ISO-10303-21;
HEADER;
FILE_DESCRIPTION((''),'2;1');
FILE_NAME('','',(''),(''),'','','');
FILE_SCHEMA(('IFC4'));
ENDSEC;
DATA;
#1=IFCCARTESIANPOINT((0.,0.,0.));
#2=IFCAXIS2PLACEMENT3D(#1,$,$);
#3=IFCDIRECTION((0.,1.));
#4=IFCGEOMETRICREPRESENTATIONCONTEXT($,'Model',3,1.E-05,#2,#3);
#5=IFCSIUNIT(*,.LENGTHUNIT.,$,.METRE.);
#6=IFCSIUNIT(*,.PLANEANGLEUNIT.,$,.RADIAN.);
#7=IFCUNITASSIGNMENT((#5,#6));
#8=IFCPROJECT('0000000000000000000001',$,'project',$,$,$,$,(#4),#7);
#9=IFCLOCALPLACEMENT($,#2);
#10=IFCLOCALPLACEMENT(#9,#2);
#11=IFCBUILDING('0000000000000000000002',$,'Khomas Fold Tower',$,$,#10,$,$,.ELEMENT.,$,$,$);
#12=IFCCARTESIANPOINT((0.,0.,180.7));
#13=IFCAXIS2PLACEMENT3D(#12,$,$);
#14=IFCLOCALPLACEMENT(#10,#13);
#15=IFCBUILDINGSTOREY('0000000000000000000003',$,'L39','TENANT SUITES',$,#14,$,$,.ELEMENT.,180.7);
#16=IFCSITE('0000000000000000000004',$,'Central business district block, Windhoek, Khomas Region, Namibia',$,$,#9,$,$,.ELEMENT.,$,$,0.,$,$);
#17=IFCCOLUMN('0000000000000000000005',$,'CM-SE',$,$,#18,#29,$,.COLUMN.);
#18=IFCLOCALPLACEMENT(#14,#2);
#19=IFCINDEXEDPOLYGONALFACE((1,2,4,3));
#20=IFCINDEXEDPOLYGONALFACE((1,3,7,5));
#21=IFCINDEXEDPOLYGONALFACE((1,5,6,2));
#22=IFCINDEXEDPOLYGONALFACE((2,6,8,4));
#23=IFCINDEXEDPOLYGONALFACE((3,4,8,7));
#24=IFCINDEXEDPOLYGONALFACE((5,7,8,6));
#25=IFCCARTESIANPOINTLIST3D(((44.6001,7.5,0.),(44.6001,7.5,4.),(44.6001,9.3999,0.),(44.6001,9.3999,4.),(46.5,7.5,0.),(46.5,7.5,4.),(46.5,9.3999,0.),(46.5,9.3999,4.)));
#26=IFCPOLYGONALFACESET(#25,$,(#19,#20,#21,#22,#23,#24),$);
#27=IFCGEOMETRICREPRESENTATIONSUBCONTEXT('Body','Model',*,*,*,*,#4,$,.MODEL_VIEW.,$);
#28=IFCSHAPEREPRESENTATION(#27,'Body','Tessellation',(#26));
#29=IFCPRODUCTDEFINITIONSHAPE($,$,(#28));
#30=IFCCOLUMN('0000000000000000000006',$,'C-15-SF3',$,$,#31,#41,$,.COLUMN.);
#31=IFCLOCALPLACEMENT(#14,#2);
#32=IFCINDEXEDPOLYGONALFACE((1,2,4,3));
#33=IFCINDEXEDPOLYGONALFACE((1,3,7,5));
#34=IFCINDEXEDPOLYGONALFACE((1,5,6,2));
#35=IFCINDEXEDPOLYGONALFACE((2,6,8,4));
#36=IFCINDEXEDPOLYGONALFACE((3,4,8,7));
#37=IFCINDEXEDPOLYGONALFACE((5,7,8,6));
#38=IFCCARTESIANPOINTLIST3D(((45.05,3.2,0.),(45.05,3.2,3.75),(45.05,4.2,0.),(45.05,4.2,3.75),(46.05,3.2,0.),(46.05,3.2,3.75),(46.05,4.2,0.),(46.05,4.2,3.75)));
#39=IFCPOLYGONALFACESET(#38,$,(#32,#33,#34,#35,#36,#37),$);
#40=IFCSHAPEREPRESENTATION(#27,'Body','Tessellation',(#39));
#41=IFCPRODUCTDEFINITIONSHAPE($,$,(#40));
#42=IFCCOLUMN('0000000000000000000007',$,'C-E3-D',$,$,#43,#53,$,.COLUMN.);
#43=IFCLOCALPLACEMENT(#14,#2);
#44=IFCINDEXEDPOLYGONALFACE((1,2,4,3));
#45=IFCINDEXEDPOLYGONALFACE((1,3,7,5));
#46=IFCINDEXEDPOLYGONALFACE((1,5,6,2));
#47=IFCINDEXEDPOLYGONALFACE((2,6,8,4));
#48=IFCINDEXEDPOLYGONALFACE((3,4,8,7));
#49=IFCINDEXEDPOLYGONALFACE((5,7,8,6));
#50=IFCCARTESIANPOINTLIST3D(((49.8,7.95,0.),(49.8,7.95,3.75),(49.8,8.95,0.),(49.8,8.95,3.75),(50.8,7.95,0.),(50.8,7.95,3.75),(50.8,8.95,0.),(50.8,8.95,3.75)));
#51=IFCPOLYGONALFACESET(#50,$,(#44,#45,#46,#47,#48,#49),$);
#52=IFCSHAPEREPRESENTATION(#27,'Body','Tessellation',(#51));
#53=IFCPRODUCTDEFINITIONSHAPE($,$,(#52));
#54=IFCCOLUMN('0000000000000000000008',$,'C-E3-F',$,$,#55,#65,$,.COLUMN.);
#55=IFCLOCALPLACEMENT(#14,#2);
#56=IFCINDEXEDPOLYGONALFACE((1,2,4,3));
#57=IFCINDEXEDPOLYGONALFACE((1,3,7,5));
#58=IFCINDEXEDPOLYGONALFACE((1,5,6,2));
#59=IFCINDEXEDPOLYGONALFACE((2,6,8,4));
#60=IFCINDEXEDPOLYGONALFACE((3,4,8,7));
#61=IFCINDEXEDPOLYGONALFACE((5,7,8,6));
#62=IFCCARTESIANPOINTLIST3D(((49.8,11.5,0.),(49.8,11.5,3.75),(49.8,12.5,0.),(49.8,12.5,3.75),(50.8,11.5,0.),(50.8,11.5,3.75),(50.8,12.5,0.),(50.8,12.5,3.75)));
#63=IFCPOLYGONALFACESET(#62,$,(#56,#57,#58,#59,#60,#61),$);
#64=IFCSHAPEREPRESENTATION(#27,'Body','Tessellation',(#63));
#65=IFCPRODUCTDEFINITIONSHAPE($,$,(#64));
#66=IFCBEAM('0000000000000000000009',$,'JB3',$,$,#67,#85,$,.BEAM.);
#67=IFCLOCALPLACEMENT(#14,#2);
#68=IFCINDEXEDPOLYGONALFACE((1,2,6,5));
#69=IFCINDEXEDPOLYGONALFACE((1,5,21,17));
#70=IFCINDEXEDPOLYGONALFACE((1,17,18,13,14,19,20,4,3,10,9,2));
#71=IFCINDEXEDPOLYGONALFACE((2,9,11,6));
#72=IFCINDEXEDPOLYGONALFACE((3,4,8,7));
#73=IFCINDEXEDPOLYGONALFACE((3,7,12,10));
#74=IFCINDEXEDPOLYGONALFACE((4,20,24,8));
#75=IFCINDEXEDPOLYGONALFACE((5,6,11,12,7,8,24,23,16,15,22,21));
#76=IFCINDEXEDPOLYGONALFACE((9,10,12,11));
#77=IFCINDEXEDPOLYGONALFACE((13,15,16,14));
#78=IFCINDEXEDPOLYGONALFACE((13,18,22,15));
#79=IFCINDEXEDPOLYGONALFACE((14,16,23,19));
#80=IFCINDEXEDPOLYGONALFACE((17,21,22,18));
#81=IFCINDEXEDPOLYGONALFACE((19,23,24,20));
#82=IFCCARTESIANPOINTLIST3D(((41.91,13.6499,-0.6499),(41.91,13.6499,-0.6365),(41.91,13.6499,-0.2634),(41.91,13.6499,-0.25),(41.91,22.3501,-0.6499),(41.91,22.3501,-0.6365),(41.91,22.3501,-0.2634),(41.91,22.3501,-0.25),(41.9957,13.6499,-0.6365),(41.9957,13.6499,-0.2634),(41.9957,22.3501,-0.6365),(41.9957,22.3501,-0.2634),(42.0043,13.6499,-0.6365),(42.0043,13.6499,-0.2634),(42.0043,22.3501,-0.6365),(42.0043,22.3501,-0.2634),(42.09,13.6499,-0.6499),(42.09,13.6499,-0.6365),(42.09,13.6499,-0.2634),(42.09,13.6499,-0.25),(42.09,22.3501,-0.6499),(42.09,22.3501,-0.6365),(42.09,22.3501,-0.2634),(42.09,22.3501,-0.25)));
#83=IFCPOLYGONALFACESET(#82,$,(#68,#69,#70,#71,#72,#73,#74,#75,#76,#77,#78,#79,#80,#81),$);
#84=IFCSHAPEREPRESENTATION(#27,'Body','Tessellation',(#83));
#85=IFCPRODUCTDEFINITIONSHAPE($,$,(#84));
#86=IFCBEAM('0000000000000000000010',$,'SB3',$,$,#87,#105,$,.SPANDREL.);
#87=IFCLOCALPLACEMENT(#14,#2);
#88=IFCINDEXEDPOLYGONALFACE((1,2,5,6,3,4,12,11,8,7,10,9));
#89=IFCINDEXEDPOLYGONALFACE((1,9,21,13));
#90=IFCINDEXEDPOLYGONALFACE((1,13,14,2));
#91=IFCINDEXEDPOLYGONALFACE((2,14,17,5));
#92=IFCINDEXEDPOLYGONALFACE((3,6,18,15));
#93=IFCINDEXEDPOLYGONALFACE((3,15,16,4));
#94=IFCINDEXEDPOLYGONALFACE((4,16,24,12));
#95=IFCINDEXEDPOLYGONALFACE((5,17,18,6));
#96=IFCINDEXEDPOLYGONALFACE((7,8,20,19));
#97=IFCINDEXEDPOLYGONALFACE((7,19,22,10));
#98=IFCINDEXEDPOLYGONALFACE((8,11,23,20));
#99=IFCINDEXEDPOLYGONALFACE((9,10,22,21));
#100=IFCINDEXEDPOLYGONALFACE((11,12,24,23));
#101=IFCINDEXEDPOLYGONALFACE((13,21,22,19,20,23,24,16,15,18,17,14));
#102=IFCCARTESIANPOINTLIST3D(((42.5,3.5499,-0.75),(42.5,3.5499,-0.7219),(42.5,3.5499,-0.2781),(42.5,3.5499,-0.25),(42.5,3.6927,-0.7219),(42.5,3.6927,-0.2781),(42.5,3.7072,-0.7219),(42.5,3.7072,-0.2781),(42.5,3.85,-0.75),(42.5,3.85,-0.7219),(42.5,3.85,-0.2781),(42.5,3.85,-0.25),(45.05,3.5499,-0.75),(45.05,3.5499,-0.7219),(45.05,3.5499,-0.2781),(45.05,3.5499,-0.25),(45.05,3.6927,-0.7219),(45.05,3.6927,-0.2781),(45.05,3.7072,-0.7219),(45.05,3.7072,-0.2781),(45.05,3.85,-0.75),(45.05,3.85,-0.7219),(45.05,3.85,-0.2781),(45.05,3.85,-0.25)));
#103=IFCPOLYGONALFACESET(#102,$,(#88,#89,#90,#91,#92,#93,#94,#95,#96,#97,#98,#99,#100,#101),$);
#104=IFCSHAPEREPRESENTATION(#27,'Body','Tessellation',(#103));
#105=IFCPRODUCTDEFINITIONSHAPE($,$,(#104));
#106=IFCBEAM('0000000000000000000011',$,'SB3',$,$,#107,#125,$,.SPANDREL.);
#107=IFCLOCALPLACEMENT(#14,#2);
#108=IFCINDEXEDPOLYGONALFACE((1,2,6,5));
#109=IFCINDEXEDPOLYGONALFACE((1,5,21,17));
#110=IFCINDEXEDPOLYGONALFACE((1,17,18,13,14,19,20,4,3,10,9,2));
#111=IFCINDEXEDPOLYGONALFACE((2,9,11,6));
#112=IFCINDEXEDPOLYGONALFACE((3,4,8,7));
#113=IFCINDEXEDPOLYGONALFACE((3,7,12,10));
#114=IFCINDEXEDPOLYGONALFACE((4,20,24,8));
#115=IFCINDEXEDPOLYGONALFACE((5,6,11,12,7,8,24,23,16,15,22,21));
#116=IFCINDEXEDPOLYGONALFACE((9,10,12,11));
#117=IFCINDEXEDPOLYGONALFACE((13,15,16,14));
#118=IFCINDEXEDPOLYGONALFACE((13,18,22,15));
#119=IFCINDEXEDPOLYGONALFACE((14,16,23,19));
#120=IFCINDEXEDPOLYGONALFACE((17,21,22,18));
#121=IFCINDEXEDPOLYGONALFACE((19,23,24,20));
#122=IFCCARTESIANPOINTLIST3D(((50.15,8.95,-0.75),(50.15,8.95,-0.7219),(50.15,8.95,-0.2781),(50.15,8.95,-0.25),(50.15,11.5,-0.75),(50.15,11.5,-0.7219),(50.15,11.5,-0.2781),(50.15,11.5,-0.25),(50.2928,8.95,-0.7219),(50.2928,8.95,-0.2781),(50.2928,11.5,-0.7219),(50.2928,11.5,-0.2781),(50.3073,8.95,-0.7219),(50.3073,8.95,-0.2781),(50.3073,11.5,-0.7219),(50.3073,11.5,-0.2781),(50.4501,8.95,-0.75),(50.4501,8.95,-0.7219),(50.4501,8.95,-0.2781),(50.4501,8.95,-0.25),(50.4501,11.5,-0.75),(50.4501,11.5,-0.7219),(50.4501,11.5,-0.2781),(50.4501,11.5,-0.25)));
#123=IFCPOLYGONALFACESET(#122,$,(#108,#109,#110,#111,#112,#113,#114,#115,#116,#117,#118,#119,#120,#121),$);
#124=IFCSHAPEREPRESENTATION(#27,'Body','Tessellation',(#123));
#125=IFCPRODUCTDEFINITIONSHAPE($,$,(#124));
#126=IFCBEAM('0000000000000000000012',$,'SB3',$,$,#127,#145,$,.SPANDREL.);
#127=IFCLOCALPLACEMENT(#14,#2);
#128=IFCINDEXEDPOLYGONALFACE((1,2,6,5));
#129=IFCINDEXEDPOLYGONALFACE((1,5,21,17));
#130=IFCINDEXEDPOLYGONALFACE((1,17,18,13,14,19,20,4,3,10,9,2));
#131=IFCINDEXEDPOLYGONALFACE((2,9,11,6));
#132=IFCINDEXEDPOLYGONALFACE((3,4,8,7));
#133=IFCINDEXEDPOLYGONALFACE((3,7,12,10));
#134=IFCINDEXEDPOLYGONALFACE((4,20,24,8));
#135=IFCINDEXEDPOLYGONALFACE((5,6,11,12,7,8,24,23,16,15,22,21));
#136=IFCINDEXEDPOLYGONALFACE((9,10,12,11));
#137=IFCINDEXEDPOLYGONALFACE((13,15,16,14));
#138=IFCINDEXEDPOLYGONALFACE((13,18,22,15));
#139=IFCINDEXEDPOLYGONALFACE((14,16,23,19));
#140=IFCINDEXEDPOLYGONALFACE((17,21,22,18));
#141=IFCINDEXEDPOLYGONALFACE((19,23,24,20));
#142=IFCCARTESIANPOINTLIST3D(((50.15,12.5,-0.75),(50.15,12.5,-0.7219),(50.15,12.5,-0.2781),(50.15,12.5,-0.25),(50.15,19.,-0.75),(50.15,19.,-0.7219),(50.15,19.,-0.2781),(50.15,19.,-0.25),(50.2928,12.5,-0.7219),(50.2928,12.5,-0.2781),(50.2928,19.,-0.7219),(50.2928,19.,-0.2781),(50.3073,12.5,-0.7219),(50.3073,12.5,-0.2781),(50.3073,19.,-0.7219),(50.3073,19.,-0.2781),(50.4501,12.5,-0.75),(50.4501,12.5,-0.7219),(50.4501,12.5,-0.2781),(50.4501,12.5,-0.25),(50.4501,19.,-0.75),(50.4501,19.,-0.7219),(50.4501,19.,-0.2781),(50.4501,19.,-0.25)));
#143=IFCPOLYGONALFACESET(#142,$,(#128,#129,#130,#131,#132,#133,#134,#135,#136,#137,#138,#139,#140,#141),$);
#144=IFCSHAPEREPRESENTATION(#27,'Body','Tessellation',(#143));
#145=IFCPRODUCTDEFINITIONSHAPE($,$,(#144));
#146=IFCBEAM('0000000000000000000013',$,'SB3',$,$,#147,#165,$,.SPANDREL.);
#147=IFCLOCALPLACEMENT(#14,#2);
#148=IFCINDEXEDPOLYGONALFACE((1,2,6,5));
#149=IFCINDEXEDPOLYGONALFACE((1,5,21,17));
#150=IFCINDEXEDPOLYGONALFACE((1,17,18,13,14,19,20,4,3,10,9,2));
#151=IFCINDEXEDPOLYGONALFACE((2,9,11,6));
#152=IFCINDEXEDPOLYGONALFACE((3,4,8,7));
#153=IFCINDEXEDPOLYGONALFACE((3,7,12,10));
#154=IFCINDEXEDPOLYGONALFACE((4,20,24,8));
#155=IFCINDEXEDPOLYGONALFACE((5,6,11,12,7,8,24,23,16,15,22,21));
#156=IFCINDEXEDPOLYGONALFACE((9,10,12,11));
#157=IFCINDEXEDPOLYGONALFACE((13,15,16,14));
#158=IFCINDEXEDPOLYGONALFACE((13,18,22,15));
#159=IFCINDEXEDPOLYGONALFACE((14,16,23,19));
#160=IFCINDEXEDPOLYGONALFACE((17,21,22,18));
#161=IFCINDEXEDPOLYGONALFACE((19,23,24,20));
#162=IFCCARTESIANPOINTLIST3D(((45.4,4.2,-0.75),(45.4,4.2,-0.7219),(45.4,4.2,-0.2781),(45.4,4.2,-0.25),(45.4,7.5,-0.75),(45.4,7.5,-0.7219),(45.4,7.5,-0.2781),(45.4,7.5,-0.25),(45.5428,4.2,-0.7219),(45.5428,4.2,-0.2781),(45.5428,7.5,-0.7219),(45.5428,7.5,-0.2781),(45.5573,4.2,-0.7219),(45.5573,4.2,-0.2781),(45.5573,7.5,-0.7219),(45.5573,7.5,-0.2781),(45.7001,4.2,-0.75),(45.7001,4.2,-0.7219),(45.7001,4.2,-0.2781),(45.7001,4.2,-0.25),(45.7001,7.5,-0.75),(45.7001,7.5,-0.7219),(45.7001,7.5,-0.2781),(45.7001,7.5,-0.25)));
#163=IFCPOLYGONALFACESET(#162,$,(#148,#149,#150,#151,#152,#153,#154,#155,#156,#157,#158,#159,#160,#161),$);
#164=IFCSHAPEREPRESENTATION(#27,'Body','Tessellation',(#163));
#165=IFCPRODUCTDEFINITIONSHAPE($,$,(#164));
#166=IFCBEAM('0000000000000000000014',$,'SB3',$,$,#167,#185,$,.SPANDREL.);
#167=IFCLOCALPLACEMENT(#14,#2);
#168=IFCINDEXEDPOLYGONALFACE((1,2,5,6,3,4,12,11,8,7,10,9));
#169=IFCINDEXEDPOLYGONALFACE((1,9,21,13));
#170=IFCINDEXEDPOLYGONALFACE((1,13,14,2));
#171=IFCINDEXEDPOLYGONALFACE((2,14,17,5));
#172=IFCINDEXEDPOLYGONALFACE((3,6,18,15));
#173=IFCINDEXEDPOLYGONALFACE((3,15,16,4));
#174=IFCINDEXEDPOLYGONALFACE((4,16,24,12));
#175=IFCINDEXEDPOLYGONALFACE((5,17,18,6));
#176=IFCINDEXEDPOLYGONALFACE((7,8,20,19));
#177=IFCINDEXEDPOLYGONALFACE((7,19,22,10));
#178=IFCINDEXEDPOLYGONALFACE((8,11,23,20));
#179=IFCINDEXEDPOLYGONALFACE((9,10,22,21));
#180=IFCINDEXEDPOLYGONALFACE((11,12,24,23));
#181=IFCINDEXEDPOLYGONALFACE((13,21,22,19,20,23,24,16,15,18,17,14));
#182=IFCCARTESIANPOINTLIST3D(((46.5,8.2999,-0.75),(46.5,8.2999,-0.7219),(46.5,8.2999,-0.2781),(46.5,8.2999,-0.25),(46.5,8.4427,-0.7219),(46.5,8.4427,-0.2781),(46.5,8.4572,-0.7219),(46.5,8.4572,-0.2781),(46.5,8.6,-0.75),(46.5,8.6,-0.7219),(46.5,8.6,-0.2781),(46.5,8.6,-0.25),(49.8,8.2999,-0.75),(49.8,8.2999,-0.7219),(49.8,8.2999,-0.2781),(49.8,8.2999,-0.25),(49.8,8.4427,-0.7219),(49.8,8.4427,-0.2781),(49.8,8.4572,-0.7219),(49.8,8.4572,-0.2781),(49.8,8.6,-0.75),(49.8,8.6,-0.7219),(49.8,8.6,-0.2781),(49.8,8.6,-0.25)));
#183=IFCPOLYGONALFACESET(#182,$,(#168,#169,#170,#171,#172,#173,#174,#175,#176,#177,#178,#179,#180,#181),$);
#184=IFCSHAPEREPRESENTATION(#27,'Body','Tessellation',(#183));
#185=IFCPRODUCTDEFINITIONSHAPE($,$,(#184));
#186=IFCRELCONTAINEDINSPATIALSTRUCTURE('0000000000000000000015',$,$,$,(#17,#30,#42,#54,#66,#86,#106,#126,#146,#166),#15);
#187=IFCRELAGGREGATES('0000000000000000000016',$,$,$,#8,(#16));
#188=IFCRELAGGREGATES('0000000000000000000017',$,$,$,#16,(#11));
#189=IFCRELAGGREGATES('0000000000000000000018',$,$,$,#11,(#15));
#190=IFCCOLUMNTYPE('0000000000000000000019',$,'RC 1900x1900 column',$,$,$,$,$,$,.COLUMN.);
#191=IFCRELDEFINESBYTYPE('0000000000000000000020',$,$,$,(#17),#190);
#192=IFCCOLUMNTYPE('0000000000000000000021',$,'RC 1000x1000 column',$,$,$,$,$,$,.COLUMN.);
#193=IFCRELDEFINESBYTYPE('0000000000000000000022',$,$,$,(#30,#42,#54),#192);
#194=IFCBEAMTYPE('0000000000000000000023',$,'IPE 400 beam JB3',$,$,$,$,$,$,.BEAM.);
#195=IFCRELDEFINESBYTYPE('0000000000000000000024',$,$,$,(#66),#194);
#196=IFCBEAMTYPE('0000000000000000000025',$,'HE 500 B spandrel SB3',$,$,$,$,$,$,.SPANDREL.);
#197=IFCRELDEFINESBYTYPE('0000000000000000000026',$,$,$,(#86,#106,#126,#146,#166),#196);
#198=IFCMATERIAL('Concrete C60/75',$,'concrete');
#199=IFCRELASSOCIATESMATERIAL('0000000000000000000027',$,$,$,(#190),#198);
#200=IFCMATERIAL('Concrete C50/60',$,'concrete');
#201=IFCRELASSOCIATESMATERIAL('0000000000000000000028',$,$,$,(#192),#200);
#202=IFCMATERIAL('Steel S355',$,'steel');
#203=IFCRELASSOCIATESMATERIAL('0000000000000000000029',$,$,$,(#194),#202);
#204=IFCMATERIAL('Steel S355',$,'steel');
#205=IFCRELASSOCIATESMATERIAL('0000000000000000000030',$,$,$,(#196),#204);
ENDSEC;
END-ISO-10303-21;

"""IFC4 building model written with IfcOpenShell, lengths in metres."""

from ifc_helpers import new_model, si_unit, direction, frame, origin, origin_2d, place, context, subcontext, project, spatial, rectangle, i_section, extrude, source, transform, mapped, material, material_profile, profile_set, type_object, element, save


model = new_model("IFC4")

# Units and contexts
model_context = context("Model", 3, precision=1e-05, world=origin(), true_north=direction((0.0, 1.0)))
body_context = subcontext(model_context, "Body", "Model", "MODEL_VIEW")
ifc_project = project(units=[si_unit("LENGTHUNIT", "METRE"), si_unit("PLANEANGLEUNIT", "RADIAN")], contexts=[model_context])

# Site, building, storey
site_placement = place(None, origin())
site = spatial("IfcSite", under=ifc_project, at=site_placement, Name="Central business district block, Windhoek, Khomas Region, Namibia", CompositionType="ELEMENT", RefElevation=0.0)
building_placement = place(site_placement, origin())
building = spatial("IfcBuilding", under=site, at=building_placement, Name="Khomas Fold Tower", CompositionType="ELEMENT")
storey_placement = place(building_placement, frame((0.0, 0.0, 180.7)))
storey = spatial("IfcBuildingStorey", under=building, at=storey_placement, Name="L39", Description="TENANT SUITES", CompositionType="ELEMENT", Elevation=180.7)

# Columns
ifc_material_1 = material(Name="Concrete C60/75", Category="concrete")
ifc_material_profile_1 = material_profile(ifc_material_1, rectangle(XDim=1.8999, YDim=1.8999, at=origin_2d()), Name="RC 1900x1900")
ifc_profile_set_1 = profile_set([ifc_material_profile_1], Name="Concrete C60/75")
column_type_1 = type_object("IfcColumnType", Name="RC 1900x1900 column", PredefinedType="COLUMN", material=ifc_profile_set_1)
shared_shape_1 = source(origin(), body_context, "Body", "SweptSolid", [
    extrude(rectangle(XDim=1.8999, YDim=1.8999, at=origin_2d()), origin(), (0.0, 0.0, 1.0), 4.0),
])
column_placement = place(storey_placement, frame((45.55, 8.45, 0.0), z_axis=(0.0, 0.0, 1.0), x_axis=(1.0, 0.0, 0.0)))
element("IfcColumn", 1, at=column_placement, inside=storey, type_object=column_type_1, Name="CM-SE", PredefinedType="COLUMN", context=body_context, shape_type="MappedRepresentation", body=[
    mapped(shared_shape_1, transform((0.0, 0.0, 0.0))),
])
ifc_material_2 = material(Name="Concrete C50/60", Category="concrete")
ifc_material_profile_2 = material_profile(ifc_material_2, rectangle(XDim=1.0, YDim=1.0, at=origin_2d()), Name="RC 1000x1000")
ifc_profile_set_2 = profile_set([ifc_material_profile_2], Name="Concrete C50/60")
column_type_2 = type_object("IfcColumnType", Name="RC 1000x1000 column", PredefinedType="COLUMN", material=ifc_profile_set_2)
shared_shape_2 = source(origin(), body_context, "Body", "SweptSolid", [
    extrude(rectangle(XDim=1.0, YDim=1.0, at=origin_2d()), origin(), (0.0, 0.0, 1.0), 3.75),
])
for number, where, z_axis, x_axis, name in (
    (2, (45.55, 3.7, 0.0), (0.0, 0.0, 1.0), (1.0, 0.0, 0.0), "C-15-SF3"),
    (3, (50.3, 8.45, 0.0), (0.0, 0.0, 1.0), (1.0, 0.0, 0.0), "C-E3-D"),
    (4, (50.3, 12.0, 0.0), (0.0, 0.0, 1.0), (1.0, 0.0, 0.0), "C-E3-F"),
):
    element("IfcColumn", number, at=place(storey_placement, frame(where, z_axis=z_axis, x_axis=x_axis)), inside=storey, type_object=column_type_2, Name=name, PredefinedType="COLUMN", context=body_context, shape_type="MappedRepresentation", body=[
        mapped(shared_shape_2, transform((0.0, 0.0, 0.0))),
    ])

# Beams
ifc_material_3 = material(Name="Steel S355", Category="steel")
ifc_material_profile_3 = material_profile(ifc_material_3, i_section(OverallWidth=0.1799, OverallDepth=0.3999, WebThickness=0.0085, FlangeThickness=0.0134, at=origin_2d()), Name="IPE 400")
ifc_profile_set_3 = profile_set([ifc_material_profile_3], Name="Steel S355")
beam_type_1 = type_object("IfcBeamType", Name="IPE 400 beam JB3", PredefinedType="BEAM", material=ifc_profile_set_3)
shared_shape_3 = source(origin(), body_context, "Body", "SweptSolid", [
    extrude(i_section(OverallWidth=0.1799, OverallDepth=0.3999, WebThickness=0.0085, FlangeThickness=0.0134, at=origin_2d()), origin(), (0.0, 0.0, 1.0), 8.7002),
])
beam_1_placement = place(storey_placement, frame((42.0, 13.6499, -0.45), z_axis=(0.0, 1.0, 0.0), x_axis=(-1.0, 0.0, 0.0)))
element("IfcBeam", 5, at=beam_1_placement, inside=storey, type_object=beam_type_1, Name="JB3", PredefinedType="BEAM", context=body_context, shape_type="MappedRepresentation", body=[
    mapped(shared_shape_3, transform((0.0, 0.0, 0.0))),
])
ifc_material_4 = material(Name="Steel S355", Category="steel")
ifc_material_profile_4 = material_profile(ifc_material_4, i_section(OverallWidth=0.3, OverallDepth=0.5, WebThickness=0.0144, FlangeThickness=0.0281, at=origin_2d()), Name="HE 500 B")
ifc_profile_set_4 = profile_set([ifc_material_profile_4], Name="Steel S355")
beam_type_2 = type_object("IfcBeamType", Name="HE 500 B spandrel SB3", PredefinedType="SPANDREL", material=ifc_profile_set_4)
shared_shape_4 = source(origin(), body_context, "Body", "SweptSolid", [
    extrude(i_section(OverallWidth=0.3, OverallDepth=0.5, WebThickness=0.0144, FlangeThickness=0.0281, at=origin_2d()), origin(), (0.0, 0.0, 1.0), 2.55),
])
for number, where, z_axis, x_axis, name in (
    (6, (42.5, 3.7, -0.5), (1.0, 0.0, 0.0), (0.0, 1.0, 0.0), "SB3"),
    (7, (50.3, 8.95, -0.5), (0.0, 1.0, 0.0), (-1.0, 0.0, 0.0), "SB3"),
):
    element("IfcBeam", number, at=place(storey_placement, frame(where, z_axis=z_axis, x_axis=x_axis)), inside=storey, type_object=beam_type_2, Name=name, PredefinedType="SPANDREL", context=body_context, shape_type="MappedRepresentation", body=[
        mapped(shared_shape_4, transform((0.0, 0.0, 0.0))),
    ])
shared_shape_5 = source(origin(), body_context, "Body", "SweptSolid", [
    extrude(i_section(OverallWidth=0.3, OverallDepth=0.5, WebThickness=0.0144, FlangeThickness=0.0281, at=origin_2d()), origin(), (0.0, 0.0, 1.0), 6.5),
])
beam_2_placement = place(storey_placement, frame((50.3, 12.5, -0.5), z_axis=(0.0, 1.0, 0.0), x_axis=(-1.0, 0.0, 0.0)))
element("IfcBeam", 8, at=beam_2_placement, inside=storey, type_object=beam_type_2, Name="SB3", PredefinedType="SPANDREL", context=body_context, shape_type="MappedRepresentation", body=[
    mapped(shared_shape_5, transform((0.0, 0.0, 0.0))),
])
shared_shape_6 = source(origin(), body_context, "Body", "SweptSolid", [
    extrude(i_section(OverallWidth=0.3, OverallDepth=0.5, WebThickness=0.0144, FlangeThickness=0.0281, at=origin_2d()), origin(), (0.0, 0.0, 1.0), 3.3),
])
for number, where, z_axis, x_axis, name in (
    (9, (45.55, 4.2, -0.5), (0.0, 1.0, 0.0), (-1.0, 0.0, 0.0), "SB3"),
    (10, (46.5, 8.45, -0.5), (1.0, 0.0, 0.0), (0.0, 1.0, 0.0), "SB3"),
):
    element("IfcBeam", number, at=place(storey_placement, frame(where, z_axis=z_axis, x_axis=x_axis)), inside=storey, type_object=beam_type_2, Name=name, PredefinedType="SPANDREL", context=body_context, shape_type="MappedRepresentation", body=[
        mapped(shared_shape_6, transform((0.0, 0.0, 0.0))),
    ])

save(model, "model.ifc")
